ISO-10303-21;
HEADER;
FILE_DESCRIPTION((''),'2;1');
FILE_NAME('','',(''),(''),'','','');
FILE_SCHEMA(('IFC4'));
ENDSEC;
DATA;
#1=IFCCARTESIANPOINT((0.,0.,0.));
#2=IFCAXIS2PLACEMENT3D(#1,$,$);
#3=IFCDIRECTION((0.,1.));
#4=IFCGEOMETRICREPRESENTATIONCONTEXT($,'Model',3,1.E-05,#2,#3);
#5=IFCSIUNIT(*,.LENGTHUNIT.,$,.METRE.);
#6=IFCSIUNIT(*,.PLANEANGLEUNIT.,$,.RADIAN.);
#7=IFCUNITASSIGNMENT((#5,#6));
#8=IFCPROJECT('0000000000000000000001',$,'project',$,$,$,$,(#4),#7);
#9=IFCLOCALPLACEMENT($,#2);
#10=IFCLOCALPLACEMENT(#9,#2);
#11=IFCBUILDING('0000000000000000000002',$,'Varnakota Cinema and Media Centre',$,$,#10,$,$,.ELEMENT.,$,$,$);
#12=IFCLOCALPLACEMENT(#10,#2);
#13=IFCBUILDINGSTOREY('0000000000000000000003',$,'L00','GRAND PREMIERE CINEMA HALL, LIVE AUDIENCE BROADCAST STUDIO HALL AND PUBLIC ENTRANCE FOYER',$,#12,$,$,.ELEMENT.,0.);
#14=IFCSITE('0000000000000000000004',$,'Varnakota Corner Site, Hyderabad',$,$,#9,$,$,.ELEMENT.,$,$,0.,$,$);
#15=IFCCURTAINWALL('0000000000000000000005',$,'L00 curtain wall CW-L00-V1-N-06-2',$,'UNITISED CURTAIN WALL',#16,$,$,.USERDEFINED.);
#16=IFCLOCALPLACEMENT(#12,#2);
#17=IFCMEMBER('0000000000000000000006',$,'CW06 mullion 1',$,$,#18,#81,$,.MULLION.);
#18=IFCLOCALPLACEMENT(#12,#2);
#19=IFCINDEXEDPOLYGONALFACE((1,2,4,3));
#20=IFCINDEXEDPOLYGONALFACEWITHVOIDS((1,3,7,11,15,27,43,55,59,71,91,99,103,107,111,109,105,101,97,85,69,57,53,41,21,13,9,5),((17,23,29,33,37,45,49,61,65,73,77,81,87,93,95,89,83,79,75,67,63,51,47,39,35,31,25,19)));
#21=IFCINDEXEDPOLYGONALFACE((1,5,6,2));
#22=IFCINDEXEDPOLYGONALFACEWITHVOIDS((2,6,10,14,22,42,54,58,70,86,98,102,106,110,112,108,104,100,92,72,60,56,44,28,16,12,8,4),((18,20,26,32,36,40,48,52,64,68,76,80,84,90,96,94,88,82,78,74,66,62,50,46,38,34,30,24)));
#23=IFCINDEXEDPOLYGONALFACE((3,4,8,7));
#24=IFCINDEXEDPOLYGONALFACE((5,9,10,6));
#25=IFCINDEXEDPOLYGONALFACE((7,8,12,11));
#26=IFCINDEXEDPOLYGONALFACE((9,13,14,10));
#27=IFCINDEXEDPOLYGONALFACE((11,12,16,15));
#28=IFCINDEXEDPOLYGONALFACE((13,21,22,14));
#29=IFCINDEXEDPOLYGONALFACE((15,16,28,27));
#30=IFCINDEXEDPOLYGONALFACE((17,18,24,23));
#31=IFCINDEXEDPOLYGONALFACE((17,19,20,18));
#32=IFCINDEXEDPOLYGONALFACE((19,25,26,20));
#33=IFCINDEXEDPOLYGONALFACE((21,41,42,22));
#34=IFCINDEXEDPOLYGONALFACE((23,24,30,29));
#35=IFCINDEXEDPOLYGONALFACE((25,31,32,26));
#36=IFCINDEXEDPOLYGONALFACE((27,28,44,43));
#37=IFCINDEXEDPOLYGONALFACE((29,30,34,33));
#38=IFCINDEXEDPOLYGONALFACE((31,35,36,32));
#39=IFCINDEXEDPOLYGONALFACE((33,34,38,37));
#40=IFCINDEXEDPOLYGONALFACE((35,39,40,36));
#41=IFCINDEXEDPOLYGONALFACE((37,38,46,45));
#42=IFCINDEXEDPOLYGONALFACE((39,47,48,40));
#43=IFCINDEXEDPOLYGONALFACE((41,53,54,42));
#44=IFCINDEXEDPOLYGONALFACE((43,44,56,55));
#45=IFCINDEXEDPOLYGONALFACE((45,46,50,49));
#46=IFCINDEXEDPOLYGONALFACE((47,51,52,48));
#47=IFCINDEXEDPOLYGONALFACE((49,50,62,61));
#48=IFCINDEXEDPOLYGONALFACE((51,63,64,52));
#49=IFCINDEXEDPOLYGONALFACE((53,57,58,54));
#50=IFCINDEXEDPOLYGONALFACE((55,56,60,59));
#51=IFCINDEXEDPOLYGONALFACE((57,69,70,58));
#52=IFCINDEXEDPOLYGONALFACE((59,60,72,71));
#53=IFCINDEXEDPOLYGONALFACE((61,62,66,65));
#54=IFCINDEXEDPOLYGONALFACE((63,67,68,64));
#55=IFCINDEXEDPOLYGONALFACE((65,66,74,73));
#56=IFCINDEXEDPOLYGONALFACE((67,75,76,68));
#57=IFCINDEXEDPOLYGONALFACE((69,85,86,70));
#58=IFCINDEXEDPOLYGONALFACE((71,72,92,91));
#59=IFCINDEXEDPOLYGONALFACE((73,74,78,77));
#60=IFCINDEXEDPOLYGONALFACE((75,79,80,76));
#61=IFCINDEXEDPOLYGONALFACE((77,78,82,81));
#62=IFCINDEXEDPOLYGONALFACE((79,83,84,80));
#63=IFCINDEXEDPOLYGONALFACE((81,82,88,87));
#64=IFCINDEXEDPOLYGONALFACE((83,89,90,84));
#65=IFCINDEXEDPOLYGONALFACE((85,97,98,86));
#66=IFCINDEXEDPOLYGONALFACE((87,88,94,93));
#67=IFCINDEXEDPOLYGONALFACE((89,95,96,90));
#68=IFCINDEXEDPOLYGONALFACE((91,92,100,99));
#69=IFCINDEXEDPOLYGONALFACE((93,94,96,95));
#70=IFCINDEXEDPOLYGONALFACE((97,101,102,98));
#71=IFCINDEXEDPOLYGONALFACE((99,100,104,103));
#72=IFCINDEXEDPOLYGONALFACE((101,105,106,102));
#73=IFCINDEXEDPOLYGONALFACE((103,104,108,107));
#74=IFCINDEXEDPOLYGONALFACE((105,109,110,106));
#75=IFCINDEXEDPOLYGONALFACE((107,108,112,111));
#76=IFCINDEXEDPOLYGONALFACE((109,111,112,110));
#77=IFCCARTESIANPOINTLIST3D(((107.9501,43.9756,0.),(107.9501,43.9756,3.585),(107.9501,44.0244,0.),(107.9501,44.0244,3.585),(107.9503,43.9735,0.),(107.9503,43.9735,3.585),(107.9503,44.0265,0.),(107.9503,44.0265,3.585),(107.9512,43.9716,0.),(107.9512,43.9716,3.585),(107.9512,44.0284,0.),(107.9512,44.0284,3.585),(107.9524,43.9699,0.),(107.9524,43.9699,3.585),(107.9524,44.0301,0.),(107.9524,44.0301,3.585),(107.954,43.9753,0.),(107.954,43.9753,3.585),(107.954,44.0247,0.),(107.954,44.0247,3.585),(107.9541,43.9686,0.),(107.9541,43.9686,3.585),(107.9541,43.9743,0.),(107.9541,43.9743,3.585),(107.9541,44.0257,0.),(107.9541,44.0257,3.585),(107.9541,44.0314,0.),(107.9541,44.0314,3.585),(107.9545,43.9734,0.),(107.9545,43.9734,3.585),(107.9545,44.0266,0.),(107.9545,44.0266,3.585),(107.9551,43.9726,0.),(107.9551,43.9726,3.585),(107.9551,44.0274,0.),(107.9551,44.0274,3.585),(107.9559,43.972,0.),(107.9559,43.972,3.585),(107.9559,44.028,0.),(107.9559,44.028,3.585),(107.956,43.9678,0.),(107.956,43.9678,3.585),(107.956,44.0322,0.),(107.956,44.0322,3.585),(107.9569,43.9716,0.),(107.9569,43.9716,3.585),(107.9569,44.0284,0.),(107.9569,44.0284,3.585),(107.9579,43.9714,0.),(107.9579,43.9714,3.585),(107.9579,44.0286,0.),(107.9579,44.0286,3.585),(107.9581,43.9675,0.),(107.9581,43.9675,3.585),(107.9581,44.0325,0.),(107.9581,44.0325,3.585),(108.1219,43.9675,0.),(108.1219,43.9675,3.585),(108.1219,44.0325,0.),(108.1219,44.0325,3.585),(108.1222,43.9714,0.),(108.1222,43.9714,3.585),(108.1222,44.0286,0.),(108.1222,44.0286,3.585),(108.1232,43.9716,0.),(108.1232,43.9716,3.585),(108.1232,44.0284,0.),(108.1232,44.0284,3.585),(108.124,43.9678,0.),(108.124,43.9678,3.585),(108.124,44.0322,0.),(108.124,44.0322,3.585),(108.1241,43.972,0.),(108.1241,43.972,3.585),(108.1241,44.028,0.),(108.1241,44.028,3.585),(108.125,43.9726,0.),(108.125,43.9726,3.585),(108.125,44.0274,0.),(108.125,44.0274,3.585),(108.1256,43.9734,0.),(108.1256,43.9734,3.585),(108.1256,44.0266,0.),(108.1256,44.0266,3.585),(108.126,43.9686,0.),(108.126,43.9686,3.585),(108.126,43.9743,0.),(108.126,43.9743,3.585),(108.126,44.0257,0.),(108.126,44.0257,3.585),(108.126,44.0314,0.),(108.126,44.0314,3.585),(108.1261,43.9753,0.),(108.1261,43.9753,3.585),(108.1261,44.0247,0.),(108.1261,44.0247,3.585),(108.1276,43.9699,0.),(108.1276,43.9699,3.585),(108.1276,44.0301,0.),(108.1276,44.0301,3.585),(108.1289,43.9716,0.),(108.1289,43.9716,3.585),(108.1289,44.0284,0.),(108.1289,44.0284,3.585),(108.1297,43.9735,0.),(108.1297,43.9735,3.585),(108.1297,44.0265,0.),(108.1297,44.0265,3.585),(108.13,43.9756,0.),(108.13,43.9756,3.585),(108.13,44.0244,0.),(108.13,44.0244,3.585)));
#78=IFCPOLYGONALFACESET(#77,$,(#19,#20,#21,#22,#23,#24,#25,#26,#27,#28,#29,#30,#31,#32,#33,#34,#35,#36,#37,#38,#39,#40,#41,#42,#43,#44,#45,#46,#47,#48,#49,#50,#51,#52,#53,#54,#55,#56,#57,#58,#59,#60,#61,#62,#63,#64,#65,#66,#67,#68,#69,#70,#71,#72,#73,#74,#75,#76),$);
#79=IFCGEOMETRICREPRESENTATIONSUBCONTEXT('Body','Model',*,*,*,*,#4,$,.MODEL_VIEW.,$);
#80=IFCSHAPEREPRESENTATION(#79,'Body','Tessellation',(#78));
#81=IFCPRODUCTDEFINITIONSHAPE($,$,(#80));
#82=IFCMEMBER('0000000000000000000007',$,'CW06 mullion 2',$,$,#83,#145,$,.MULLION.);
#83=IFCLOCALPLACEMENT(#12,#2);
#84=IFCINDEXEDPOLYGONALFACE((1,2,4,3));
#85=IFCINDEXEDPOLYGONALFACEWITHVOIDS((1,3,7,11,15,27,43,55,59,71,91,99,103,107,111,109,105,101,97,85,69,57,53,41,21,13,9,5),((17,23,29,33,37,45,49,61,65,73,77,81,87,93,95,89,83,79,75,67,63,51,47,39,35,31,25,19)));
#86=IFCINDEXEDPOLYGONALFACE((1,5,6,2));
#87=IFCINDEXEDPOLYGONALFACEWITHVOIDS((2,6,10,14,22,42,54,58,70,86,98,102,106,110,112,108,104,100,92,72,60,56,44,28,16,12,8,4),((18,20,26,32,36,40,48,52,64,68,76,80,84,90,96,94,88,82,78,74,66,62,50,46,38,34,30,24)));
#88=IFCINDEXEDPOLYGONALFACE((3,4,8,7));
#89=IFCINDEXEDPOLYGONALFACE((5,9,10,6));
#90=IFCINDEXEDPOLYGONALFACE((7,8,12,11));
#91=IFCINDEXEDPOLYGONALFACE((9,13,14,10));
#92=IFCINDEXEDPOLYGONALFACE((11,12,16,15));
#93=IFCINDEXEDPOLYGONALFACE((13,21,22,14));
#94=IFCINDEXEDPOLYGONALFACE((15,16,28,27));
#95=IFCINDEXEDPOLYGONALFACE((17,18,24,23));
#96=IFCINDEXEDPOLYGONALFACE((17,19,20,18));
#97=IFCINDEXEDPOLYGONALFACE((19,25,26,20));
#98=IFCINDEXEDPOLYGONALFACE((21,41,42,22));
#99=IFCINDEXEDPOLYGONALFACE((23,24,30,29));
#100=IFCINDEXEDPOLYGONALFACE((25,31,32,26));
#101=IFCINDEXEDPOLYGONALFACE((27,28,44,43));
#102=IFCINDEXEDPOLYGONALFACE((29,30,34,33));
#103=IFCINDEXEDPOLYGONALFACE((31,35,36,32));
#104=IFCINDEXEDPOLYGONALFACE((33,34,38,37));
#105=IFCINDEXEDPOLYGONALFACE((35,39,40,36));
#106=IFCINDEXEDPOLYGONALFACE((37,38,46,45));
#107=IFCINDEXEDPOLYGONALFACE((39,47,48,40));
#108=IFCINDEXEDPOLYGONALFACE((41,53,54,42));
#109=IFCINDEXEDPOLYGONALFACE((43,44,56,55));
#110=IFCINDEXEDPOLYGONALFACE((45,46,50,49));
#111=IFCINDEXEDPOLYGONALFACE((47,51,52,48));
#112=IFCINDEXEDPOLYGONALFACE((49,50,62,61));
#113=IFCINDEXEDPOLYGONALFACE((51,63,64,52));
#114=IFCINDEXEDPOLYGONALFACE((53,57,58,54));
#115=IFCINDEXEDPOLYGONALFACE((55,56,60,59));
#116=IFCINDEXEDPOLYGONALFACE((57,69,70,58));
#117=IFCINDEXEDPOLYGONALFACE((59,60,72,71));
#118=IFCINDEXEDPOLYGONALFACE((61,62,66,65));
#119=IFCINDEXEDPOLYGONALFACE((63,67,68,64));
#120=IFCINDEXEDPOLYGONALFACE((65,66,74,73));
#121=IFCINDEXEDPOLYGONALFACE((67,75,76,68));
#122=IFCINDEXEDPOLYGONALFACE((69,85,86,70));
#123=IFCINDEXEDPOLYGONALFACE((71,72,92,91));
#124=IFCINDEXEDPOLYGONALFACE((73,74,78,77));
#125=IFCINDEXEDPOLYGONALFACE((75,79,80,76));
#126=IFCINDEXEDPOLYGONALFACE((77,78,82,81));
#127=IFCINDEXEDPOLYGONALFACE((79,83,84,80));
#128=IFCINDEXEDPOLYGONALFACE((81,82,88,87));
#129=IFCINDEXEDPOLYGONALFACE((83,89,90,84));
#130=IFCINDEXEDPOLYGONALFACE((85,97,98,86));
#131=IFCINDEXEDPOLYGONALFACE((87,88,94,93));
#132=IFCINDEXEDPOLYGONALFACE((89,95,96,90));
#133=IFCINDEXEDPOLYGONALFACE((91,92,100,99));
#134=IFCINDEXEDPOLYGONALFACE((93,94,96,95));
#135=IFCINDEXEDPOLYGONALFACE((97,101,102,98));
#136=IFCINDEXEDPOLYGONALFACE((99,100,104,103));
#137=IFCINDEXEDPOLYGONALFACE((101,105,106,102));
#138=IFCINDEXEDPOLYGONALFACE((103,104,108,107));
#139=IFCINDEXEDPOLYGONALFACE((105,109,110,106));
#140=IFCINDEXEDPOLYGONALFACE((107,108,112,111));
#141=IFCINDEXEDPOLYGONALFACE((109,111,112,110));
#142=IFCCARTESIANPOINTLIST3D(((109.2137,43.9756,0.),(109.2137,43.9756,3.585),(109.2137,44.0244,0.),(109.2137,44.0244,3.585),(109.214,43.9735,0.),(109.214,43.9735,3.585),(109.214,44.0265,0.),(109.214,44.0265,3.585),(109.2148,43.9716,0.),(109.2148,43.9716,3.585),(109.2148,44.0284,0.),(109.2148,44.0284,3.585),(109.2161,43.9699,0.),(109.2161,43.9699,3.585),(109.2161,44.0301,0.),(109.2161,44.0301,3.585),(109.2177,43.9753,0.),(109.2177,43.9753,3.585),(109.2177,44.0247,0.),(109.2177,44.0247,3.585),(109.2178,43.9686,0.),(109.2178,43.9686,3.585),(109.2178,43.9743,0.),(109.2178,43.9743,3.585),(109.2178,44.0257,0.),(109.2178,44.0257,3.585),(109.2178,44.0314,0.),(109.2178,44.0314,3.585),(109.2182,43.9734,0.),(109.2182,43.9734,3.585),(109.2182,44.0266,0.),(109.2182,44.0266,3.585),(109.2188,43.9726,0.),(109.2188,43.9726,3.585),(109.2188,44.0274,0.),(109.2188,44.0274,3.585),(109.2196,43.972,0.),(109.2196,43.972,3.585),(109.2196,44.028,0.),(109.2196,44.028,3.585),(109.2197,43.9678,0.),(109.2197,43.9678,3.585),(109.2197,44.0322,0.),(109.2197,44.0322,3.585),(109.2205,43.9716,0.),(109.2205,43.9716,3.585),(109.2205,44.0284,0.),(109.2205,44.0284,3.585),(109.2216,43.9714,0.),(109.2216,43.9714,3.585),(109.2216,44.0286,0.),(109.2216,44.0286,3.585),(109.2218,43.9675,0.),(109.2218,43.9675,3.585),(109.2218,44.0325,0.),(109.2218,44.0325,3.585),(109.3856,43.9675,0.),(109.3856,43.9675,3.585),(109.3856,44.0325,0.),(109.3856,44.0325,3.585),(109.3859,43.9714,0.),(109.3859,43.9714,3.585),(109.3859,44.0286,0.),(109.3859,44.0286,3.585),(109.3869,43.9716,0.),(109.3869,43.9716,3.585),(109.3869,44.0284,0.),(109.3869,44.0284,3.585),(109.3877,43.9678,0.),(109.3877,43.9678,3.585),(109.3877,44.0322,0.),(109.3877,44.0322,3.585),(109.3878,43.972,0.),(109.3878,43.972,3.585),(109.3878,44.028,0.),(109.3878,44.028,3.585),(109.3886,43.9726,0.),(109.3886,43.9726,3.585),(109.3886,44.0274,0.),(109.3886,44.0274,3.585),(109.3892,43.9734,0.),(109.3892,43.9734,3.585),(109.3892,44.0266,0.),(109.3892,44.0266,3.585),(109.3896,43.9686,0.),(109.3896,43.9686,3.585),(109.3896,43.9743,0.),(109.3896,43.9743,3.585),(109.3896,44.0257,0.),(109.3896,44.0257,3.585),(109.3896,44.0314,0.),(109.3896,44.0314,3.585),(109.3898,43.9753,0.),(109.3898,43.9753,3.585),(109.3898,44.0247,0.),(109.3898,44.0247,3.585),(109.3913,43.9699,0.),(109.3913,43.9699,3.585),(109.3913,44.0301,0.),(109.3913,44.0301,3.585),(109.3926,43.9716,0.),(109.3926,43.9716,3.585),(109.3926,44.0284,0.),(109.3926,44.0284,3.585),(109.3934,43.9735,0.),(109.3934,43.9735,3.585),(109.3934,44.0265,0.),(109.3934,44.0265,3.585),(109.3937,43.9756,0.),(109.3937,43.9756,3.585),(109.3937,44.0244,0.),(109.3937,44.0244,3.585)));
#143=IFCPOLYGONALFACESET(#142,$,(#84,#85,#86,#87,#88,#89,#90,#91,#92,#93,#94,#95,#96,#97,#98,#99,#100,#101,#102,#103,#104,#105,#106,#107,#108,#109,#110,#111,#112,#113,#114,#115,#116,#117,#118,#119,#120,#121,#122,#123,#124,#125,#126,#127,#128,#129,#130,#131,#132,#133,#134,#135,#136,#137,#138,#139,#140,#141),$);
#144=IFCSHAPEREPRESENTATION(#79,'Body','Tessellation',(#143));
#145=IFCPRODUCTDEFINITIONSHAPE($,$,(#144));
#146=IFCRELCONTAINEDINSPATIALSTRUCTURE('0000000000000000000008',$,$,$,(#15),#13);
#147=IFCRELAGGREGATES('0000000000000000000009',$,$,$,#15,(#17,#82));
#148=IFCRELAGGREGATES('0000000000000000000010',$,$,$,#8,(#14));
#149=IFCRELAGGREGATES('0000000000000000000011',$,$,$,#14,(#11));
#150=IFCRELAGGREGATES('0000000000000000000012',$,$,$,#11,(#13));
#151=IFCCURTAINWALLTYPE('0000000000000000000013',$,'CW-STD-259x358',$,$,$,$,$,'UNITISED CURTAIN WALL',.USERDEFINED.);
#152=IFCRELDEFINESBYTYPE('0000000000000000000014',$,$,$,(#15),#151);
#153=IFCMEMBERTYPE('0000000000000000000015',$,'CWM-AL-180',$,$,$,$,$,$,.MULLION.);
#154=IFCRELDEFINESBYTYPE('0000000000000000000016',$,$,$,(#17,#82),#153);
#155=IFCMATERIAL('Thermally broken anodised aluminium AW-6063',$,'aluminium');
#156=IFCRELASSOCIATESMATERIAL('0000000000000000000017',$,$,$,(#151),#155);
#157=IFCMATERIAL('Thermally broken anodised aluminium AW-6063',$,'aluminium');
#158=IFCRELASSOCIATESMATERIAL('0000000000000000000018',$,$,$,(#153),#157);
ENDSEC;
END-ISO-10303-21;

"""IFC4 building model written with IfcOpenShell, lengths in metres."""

from ifc_helpers import new_model, si_unit, direction, frame, origin, origin_2d, place, context, subcontext, project, spatial, hollow_rectangle, extrude, material, material_profile, profile_set, type_object, element, aggregate, save


model = new_model("IFC4")

# Units and contexts
model_context = context("Model", 3, precision=1e-05, world=origin(), true_north=direction((0.0, 1.0)))
body_context = subcontext(model_context, "Body", "Model", "MODEL_VIEW")
ifc_project = project(units=[si_unit("LENGTHUNIT", "METRE"), si_unit("PLANEANGLEUNIT", "RADIAN")], contexts=[model_context])

# Site, building, storey
site_placement = place(None, origin())
site = spatial("IfcSite", under=ifc_project, at=site_placement, Name="Varnakota Corner Site, Hyderabad", CompositionType="ELEMENT", RefElevation=0.0)
building_placement = place(site_placement, origin())
building = spatial("IfcBuilding", under=site, at=building_placement, Name="Varnakota Cinema and Media Centre", CompositionType="ELEMENT")
storey_placement = place(building_placement, origin())
storey = spatial("IfcBuildingStorey", under=building, at=storey_placement, Name="L00", Description="GRAND PREMIERE CINEMA HALL, LIVE AUDIENCE BROADCAST STUDIO HALL AND PUBLIC ENTRANCE FOYER", CompositionType="ELEMENT", Elevation=0.0)

# Shared definitions
ifc_material_1 = material(Name="Thermally broken anodised aluminium AW-6063", Category="aluminium")
curtain_wall_type = type_object("IfcCurtainWallType", Name="CW-STD-259x358", ElementType="UNITISED CURTAIN WALL", PredefinedType="USERDEFINED", material=ifc_material_1)
ifc_material_2 = material(Name="Thermally broken anodised aluminium AW-6063", Category="aluminium")
ifc_material_profile_1 = material_profile(ifc_material_2, hollow_rectangle(XDim=0.0649, YDim=0.1799, WallThickness=0.0039, InnerFilletRadius=0.0039, OuterFilletRadius=0.0081, at=origin_2d()), Name="AL-MULLION 180x65x4")
ifc_profile_set_1 = profile_set([ifc_material_profile_1], Name="Thermally broken anodised aluminium AW-6063")
member_type_1 = type_object("IfcMemberType", Name="CWM-AL-180", PredefinedType="MULLION", material=ifc_profile_set_1)

# Curtain wall, members
curtain_wall_1_placement = place(storey_placement, origin())
curtain_wall_1 = element("IfcCurtainWall", 1, at=curtain_wall_1_placement, inside=storey, type_object=curtain_wall_type, Name="L00 curtain wall CW-L00-V1-N-06-2", ObjectType="UNITISED CURTAIN WALL", PredefinedType="USERDEFINED")
member_1_placement = place(storey_placement, frame((108.04, 44.0, 0.0), z_axis=(0.0, 0.0, 1.0), x_axis=(0.0, 1.0, 0.0)))
member_1 = element("IfcMember", 2, at=member_1_placement, type_object=member_type_1, Name="CW06 mullion 1", PredefinedType="MULLION", context=body_context, shape_type="SweptSolid", body=[
    extrude(hollow_rectangle(XDim=0.0649, YDim=0.1799, WallThickness=0.0039, InnerFilletRadius=0.0039, OuterFilletRadius=0.0081, at=origin_2d()), origin(), (0.0, 0.0, 1.0), 3.585),
])
member_2_placement = place(storey_placement, frame((109.3037, 44.0, 0.0), z_axis=(0.0, 0.0, 1.0), x_axis=(0.0, 1.0, 0.0)))
member_2 = element("IfcMember", 3, at=member_2_placement, type_object=member_type_1, Name="CW06 mullion 2", PredefinedType="MULLION", context=body_context, shape_type="SweptSolid", body=[
    extrude(hollow_rectangle(XDim=0.0649, YDim=0.1799, WallThickness=0.0039, InnerFilletRadius=0.0039, OuterFilletRadius=0.0081, at=origin_2d()), origin(), (0.0, 0.0, 1.0), 3.585),
])

aggregate(curtain_wall_1, [member_1, member_2])

save(model, "model.ifc")
